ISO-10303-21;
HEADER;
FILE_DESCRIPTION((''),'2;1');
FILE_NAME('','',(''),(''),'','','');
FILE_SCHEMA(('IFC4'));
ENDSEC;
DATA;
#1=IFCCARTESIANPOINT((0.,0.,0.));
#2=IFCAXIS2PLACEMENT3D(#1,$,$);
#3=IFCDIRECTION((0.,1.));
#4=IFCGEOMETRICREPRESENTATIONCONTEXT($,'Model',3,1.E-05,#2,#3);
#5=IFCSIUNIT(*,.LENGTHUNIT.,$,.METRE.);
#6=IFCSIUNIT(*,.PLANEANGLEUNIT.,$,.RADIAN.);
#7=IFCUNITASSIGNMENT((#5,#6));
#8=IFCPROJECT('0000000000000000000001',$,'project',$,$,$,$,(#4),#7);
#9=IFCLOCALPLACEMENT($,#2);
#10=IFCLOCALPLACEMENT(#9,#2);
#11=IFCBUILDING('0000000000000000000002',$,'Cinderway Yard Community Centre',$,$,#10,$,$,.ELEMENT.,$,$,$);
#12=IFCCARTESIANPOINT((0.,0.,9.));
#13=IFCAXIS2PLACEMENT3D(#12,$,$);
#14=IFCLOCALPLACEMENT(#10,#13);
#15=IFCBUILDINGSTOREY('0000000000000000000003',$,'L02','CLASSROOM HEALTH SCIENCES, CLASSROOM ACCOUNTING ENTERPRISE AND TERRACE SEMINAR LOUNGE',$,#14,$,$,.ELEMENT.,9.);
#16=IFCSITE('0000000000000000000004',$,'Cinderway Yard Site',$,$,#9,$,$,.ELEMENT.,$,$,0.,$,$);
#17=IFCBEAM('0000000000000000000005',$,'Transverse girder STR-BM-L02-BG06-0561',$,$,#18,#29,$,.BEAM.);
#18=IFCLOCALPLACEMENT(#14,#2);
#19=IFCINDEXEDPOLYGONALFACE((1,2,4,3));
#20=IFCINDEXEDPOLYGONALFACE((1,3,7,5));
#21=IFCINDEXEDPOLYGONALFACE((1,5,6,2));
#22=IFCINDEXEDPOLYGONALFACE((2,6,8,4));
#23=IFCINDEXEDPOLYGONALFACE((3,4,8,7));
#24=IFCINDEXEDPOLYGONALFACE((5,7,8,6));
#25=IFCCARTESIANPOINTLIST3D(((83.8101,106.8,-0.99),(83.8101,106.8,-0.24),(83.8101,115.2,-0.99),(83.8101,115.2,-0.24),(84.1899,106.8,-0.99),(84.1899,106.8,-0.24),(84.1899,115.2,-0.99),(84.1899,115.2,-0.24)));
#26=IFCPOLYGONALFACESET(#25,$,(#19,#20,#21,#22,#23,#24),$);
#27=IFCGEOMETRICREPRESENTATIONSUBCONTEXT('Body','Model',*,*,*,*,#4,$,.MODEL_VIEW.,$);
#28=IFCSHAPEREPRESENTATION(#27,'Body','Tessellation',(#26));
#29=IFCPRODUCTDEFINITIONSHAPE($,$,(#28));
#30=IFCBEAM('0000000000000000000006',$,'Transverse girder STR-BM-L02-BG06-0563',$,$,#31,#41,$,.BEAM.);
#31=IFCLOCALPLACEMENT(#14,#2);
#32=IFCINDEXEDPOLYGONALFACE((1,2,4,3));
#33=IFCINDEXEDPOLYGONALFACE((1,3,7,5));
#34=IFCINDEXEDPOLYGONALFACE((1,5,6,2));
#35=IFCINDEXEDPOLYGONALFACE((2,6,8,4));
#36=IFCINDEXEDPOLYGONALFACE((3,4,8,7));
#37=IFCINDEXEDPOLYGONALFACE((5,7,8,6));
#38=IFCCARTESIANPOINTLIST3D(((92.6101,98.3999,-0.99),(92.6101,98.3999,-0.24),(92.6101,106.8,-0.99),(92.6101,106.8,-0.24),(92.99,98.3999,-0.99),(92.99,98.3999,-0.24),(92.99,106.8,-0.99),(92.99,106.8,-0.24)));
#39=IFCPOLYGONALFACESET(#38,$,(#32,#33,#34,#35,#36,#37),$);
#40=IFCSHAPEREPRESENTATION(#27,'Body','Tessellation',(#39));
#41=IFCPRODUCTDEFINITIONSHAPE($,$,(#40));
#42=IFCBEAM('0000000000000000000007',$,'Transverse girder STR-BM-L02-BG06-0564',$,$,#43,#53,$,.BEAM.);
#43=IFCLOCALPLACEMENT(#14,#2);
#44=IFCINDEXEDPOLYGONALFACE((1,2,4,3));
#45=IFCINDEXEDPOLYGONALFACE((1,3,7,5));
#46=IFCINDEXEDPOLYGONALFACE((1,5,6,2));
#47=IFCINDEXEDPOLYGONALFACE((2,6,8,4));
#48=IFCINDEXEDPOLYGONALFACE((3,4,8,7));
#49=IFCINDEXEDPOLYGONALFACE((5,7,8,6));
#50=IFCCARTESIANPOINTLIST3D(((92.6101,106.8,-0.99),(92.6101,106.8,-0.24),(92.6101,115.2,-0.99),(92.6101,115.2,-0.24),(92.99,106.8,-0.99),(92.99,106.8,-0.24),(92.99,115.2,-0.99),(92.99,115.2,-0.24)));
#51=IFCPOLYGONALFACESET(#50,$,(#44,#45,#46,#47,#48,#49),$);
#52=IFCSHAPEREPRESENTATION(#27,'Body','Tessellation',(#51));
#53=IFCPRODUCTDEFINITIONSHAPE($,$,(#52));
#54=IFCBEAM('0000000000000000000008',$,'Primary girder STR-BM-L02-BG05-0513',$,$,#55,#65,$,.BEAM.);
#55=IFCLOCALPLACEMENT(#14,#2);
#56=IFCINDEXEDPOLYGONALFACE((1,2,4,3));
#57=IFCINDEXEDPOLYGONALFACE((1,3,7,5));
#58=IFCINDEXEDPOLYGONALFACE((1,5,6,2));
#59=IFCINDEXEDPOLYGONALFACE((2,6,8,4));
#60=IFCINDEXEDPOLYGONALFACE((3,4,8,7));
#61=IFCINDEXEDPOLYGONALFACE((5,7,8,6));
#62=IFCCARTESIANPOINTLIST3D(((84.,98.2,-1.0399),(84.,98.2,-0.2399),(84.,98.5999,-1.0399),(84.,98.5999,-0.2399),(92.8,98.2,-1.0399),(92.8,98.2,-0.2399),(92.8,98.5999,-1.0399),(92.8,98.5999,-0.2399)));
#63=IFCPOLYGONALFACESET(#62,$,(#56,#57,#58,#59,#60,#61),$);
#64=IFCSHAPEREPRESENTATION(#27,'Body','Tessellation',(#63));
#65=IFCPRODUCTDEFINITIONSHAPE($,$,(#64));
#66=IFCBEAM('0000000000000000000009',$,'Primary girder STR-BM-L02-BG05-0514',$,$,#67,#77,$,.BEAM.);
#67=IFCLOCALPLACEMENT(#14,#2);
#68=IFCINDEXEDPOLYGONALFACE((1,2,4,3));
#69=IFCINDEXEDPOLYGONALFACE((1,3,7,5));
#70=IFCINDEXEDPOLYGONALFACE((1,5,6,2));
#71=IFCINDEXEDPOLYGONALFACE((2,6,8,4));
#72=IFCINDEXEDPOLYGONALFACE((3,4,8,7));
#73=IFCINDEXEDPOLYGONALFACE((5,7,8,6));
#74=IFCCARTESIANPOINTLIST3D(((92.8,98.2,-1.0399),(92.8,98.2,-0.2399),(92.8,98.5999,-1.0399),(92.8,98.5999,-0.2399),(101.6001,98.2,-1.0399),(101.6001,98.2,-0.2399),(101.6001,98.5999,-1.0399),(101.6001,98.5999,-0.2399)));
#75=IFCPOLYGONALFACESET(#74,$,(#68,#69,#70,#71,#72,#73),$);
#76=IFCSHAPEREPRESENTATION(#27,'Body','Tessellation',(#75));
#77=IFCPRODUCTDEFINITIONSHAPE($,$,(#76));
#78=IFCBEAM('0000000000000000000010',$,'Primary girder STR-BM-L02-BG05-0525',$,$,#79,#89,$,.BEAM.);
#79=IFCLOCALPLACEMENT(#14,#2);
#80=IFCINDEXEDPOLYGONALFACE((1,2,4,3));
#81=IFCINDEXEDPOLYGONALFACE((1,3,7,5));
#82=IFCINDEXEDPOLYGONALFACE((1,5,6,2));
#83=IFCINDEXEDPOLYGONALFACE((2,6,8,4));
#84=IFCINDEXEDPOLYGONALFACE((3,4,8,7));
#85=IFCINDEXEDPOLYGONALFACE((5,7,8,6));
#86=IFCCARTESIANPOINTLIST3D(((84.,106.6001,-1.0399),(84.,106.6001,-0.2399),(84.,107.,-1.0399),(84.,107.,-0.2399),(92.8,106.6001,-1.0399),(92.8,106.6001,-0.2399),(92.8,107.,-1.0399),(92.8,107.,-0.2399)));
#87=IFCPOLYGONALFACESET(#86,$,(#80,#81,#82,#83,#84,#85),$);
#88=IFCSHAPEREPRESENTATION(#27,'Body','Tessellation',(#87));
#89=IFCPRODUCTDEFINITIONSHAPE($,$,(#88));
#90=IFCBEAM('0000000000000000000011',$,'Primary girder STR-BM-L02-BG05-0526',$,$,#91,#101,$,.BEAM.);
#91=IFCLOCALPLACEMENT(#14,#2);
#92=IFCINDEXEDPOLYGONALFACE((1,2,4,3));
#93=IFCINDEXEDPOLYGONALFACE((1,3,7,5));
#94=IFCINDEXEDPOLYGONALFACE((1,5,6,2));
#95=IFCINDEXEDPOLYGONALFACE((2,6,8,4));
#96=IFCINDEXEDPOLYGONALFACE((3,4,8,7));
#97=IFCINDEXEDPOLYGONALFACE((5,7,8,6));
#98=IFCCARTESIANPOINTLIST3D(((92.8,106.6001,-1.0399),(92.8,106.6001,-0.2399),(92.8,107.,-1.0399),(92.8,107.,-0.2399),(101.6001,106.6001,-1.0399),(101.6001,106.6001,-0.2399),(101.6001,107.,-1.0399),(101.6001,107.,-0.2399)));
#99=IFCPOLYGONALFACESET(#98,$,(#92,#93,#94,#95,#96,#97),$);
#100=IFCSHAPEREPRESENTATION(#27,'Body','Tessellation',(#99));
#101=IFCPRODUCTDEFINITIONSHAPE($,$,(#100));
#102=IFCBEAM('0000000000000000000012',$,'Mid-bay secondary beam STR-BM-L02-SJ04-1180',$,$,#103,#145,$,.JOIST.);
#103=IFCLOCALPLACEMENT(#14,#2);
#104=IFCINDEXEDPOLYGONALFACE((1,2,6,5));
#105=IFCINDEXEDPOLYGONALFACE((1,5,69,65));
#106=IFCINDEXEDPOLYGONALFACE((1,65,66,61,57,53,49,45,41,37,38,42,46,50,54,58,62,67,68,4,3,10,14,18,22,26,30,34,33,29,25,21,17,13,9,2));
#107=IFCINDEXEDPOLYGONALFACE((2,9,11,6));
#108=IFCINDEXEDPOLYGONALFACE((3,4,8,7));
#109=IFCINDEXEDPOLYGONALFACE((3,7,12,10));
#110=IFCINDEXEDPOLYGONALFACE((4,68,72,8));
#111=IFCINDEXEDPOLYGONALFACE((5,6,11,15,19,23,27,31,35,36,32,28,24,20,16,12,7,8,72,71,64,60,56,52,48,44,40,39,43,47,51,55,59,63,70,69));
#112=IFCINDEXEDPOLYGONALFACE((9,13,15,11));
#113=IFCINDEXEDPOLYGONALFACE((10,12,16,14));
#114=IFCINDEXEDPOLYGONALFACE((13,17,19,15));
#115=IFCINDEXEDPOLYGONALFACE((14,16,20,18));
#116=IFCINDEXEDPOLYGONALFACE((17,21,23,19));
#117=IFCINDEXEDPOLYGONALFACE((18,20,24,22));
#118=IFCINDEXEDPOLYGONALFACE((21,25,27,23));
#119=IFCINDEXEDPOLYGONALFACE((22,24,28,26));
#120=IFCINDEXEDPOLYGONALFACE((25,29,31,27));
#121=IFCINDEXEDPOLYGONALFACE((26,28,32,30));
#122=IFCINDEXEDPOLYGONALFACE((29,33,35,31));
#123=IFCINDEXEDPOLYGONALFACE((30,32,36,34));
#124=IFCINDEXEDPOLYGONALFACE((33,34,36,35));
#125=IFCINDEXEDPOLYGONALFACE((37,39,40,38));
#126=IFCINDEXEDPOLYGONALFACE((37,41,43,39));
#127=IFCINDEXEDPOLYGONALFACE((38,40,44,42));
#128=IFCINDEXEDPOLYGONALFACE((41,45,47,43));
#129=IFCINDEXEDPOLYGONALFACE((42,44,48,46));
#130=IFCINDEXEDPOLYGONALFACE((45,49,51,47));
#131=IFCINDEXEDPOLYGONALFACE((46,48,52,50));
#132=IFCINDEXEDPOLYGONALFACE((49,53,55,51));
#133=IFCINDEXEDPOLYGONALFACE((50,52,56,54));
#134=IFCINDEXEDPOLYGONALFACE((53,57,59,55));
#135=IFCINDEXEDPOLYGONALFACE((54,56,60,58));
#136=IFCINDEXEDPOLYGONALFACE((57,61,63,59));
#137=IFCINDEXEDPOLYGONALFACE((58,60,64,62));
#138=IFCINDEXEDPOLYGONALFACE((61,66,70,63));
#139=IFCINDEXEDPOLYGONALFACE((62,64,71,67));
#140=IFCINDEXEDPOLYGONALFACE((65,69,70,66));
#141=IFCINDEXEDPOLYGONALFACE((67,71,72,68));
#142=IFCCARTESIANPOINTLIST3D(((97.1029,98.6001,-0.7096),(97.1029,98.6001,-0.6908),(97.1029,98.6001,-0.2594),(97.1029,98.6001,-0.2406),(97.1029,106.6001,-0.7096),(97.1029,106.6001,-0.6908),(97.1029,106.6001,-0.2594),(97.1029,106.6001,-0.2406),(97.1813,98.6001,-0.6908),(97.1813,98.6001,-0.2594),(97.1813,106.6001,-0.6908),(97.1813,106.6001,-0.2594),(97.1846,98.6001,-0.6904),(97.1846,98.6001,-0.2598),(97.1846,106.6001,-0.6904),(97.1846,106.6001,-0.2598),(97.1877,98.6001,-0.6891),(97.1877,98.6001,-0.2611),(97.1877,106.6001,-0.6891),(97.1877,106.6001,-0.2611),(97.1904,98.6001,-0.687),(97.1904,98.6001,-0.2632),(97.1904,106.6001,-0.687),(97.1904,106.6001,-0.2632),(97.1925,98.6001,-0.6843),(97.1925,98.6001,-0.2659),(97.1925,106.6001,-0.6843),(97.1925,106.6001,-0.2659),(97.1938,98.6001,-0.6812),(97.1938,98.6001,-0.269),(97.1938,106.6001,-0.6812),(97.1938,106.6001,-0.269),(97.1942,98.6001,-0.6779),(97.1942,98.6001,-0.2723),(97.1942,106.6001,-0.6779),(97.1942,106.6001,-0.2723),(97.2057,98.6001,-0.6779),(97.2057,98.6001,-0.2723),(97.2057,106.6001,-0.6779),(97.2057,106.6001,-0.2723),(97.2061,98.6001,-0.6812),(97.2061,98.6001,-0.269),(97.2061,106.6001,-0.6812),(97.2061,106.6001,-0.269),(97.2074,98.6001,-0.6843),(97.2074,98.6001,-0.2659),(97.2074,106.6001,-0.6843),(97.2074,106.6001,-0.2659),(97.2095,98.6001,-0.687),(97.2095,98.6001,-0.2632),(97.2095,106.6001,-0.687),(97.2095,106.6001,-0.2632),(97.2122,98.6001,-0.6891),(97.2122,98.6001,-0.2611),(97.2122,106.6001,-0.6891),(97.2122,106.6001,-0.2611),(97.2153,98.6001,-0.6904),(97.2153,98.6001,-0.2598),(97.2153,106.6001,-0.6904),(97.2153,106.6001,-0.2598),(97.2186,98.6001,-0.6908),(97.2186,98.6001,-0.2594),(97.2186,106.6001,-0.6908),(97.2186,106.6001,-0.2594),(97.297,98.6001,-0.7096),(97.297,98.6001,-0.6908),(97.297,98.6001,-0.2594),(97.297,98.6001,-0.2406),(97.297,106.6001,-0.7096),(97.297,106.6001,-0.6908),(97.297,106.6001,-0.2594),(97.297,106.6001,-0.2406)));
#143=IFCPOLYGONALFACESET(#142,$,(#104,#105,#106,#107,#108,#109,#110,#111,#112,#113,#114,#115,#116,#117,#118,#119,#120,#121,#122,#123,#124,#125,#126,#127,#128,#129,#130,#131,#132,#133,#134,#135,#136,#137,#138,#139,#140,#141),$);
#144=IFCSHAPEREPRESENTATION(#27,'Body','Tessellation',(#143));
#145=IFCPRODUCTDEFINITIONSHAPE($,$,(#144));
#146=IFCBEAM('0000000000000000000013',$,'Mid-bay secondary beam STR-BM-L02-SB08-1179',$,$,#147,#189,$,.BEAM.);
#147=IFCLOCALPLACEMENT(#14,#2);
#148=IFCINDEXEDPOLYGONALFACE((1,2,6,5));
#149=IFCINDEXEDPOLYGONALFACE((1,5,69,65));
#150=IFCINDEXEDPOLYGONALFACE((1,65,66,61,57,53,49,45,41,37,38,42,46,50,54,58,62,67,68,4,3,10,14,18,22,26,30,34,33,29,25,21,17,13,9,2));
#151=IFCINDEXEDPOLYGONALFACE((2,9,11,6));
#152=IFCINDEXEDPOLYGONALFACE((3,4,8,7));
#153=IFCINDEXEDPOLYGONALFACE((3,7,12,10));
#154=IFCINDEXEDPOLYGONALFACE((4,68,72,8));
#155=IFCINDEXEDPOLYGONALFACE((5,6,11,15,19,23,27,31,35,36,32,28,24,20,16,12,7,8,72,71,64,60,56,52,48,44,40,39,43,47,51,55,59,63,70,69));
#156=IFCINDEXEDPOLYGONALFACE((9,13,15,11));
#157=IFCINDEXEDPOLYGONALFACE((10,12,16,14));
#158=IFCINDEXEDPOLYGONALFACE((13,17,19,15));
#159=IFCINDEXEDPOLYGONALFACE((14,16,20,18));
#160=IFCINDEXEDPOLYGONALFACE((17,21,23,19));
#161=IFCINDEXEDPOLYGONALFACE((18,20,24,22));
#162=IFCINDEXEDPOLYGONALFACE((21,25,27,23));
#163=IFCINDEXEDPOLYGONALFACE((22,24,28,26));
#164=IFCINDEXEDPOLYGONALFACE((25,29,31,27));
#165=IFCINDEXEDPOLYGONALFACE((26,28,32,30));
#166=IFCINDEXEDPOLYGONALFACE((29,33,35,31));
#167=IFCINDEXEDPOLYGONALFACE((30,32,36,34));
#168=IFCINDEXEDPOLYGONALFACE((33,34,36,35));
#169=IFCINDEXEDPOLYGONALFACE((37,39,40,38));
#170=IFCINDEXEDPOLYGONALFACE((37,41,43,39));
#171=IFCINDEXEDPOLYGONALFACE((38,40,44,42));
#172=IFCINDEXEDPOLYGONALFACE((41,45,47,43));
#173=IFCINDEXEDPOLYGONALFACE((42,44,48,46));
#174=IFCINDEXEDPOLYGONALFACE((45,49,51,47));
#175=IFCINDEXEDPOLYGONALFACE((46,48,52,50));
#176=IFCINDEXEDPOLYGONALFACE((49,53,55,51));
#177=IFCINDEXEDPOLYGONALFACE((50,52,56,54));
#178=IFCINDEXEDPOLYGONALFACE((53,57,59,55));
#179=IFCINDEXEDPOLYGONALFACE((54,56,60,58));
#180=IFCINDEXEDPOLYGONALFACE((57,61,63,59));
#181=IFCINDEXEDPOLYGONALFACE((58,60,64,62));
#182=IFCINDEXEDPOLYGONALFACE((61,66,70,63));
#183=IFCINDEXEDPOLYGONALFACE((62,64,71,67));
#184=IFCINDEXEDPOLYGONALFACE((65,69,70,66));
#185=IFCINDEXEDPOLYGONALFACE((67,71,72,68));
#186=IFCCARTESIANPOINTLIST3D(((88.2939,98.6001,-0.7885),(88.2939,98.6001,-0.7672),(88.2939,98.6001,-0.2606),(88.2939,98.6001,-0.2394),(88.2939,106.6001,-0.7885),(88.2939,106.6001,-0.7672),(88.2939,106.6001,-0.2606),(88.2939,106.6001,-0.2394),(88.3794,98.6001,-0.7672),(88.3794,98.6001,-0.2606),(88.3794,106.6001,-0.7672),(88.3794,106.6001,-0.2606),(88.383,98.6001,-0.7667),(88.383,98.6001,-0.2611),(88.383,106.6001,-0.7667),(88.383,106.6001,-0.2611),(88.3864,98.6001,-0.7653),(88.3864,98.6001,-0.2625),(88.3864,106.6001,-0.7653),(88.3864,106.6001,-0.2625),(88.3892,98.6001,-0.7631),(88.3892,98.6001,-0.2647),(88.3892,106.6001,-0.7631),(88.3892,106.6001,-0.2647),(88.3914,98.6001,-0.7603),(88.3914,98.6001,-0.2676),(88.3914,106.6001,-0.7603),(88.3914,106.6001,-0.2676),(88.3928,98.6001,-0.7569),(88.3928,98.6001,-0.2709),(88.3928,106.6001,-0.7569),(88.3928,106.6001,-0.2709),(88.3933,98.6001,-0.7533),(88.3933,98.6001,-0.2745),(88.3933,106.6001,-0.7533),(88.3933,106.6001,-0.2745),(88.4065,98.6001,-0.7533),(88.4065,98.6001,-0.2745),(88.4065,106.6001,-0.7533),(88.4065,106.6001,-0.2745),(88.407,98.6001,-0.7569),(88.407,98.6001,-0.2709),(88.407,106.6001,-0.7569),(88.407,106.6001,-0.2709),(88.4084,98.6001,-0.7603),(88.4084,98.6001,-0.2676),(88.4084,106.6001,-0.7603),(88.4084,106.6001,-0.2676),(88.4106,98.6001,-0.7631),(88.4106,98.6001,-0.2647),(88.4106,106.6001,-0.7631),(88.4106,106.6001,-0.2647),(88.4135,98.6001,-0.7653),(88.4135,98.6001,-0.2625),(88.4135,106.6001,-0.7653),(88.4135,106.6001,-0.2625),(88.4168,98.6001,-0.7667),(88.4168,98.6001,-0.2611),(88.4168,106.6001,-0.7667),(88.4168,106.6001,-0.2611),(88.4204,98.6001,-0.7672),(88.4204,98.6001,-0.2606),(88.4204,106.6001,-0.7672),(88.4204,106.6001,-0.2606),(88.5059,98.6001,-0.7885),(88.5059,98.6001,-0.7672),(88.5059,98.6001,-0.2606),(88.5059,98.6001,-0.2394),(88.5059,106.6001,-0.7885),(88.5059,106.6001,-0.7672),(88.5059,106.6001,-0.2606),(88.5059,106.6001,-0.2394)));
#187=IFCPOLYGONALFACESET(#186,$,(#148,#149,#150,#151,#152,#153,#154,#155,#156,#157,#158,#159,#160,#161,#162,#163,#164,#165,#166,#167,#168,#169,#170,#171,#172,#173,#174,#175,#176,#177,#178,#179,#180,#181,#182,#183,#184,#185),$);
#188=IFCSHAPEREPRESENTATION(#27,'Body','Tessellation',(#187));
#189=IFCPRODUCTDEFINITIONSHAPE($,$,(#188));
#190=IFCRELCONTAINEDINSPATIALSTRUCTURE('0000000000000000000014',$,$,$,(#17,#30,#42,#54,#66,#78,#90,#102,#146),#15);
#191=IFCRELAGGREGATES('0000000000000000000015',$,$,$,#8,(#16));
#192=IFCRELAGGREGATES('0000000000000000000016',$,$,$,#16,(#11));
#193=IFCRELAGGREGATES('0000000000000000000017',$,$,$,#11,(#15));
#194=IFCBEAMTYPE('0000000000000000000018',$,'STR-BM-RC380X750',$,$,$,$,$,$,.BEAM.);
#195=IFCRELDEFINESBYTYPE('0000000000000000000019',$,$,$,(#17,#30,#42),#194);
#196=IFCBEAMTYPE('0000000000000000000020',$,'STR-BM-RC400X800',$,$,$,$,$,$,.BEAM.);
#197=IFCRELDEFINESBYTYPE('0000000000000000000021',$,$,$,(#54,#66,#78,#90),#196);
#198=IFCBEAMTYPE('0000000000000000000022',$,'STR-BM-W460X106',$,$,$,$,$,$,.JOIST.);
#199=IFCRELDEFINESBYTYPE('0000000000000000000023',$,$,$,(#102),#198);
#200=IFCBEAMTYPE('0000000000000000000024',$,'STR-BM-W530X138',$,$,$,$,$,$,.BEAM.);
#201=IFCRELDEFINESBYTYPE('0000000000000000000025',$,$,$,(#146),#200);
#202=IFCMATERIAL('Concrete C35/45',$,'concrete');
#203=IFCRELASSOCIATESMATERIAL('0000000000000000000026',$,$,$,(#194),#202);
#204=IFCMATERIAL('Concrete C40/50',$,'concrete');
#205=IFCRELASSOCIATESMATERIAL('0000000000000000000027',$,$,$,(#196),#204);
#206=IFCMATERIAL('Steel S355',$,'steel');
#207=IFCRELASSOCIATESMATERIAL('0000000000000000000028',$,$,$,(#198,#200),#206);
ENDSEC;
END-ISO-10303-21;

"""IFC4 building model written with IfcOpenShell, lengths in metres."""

from ifc_helpers import new_model, si_unit, direction, frame, origin, origin_2d, place, context, subcontext, project, spatial, rectangle, i_section, extrude, material, material_profile, profile_set, type_object, element, save


model = new_model("IFC4")

# Units and contexts
model_context = context("Model", 3, precision=1e-05, world=origin(), true_north=direction((0.0, 1.0)))
body_context = subcontext(model_context, "Body", "Model", "MODEL_VIEW")
ifc_project = project(units=[si_unit("LENGTHUNIT", "METRE"), si_unit("PLANEANGLEUNIT", "RADIAN")], contexts=[model_context])

# Site, building, storey
site_placement = place(None, origin())
site = spatial("IfcSite", under=ifc_project, at=site_placement, Name="Cinderway Yard Site", CompositionType="ELEMENT", RefElevation=0.0)
building_placement = place(site_placement, origin())
building = spatial("IfcBuilding", under=site, at=building_placement, Name="Cinderway Yard Community Centre", CompositionType="ELEMENT")
storey_placement = place(building_placement, frame((0.0, 0.0, 9.0)))
storey = spatial("IfcBuildingStorey", under=building, at=storey_placement, Name="L02", Description="CLASSROOM HEALTH SCIENCES, CLASSROOM ACCOUNTING ENTERPRISE AND TERRACE SEMINAR LOUNGE", CompositionType="ELEMENT", Elevation=9.0)

# Shared definitions
ifc_material_1 = material(Name="Concrete C40/50", Category="concrete")

# Beams
ifc_material_2 = material(Name="Concrete C35/45", Category="concrete")
ifc_material_profile_1 = material_profile(ifc_material_2, rectangle(XDim=0.3799, YDim=0.75, at=origin_2d()), Name="Concrete C35/45")
ifc_profile_set_1 = profile_set([ifc_material_profile_1], Name="Concrete C35/45")
beam_type_1 = type_object("IfcBeamType", Name="STR-BM-RC380X750", PredefinedType="BEAM", material=ifc_profile_set_1)
beam_1_placement = place(storey_placement, frame((84.0, 106.8, -0.615), z_axis=(0.0, 1.0, 0.0), x_axis=(-1.0, 0.0, 0.0)))
element("IfcBeam", 1, at=beam_1_placement, inside=storey, type_object=beam_type_1, Name="Transverse girder STR-BM-L02-BG06-0561", PredefinedType="BEAM", context=body_context, shape_type="SweptSolid", body=[
    extrude(rectangle(XDim=0.3799, YDim=0.75, at=origin_2d()), origin(), (0.0, 0.0, 1.0), 8.3999),
])
beam_2_placement = place(storey_placement, frame((92.8, 98.3999, -0.615), z_axis=(0.0, 1.0, 0.0), x_axis=(-1.0, 0.0, 0.0)))
element("IfcBeam", 2, at=beam_2_placement, inside=storey, type_object=beam_type_1, Name="Transverse girder STR-BM-L02-BG06-0563", PredefinedType="BEAM", context=body_context, shape_type="SweptSolid", body=[
    extrude(rectangle(XDim=0.3799, YDim=0.75, at=origin_2d()), origin(), (0.0, 0.0, 1.0), 8.4001),
])
beam_3_placement = place(storey_placement, frame((92.8, 106.8, -0.615), z_axis=(0.0, 1.0, 0.0), x_axis=(-1.0, 0.0, 0.0)))
element("IfcBeam", 3, at=beam_3_placement, inside=storey, type_object=beam_type_1, Name="Transverse girder STR-BM-L02-BG06-0564", PredefinedType="BEAM", context=body_context, shape_type="SweptSolid", body=[
    extrude(rectangle(XDim=0.3799, YDim=0.75, at=origin_2d()), origin(), (0.0, 0.0, 1.0), 8.3999),
])
ifc_material_profile_2 = material_profile(ifc_material_1, rectangle(XDim=0.3999, YDim=0.8, at=origin_2d()), Name="Concrete C40/50")
ifc_profile_set_2 = profile_set([ifc_material_profile_2], Name="Concrete C40/50")
beam_type_2 = type_object("IfcBeamType", Name="STR-BM-RC400X800", PredefinedType="BEAM", material=ifc_profile_set_2)
for number, where, z_axis, x_axis, name in (
    (4, (84.0, 98.3999, -0.6399), (1.0, 0.0, 0.0), (0.0, 1.0, 0.0), "Primary girder STR-BM-L02-BG05-0513"),
    (5, (92.8, 98.3999, -0.6399), (1.0, 0.0, 0.0), (0.0, 1.0, 0.0), "Primary girder STR-BM-L02-BG05-0514"),
    (6, (84.0, 106.8, -0.6399), (1.0, 0.0, 0.0), (0.0, 1.0, 0.0), "Primary girder STR-BM-L02-BG05-0525"),
    (7, (92.8, 106.8, -0.6399), (1.0, 0.0, 0.0), (0.0, 1.0, 0.0), "Primary girder STR-BM-L02-BG05-0526"),
):
    element("IfcBeam", number, at=place(storey_placement, frame(where, z_axis=z_axis, x_axis=x_axis)), inside=storey, type_object=beam_type_2, Name=name, PredefinedType="BEAM", context=body_context, shape_type="SweptSolid", body=[
        extrude(rectangle(XDim=0.3999, YDim=0.8, at=origin_2d()), origin(), (0.0, 0.0, 1.0), 8.8),
    ])
ifc_material_3 = material(Name="Steel S355", Category="steel")
ifc_material_profile_3 = material_profile(ifc_material_3, i_section(OverallWidth=0.1941, OverallDepth=0.469, WebThickness=0.0115, FlangeThickness=0.0188, FilletRadius=0.0129, at=origin_2d()), Name="Steel S355")
ifc_profile_set_3 = profile_set([ifc_material_profile_3], Name="Steel S355")
beam_type_3 = type_object("IfcBeamType", Name="STR-BM-W460X106", PredefinedType="JOIST", material=ifc_profile_set_3)
beam_4_placement = place(storey_placement, frame((97.2, 98.6001, -0.4751), z_axis=(0.0, 1.0, 0.0), x_axis=(-1.0, 0.0, 0.0)))
element("IfcBeam", 8, at=beam_4_placement, inside=storey, type_object=beam_type_3, Name="Mid-bay secondary beam STR-BM-L02-SJ04-1180", PredefinedType="JOIST", context=body_context, shape_type="SweptSolid", body=[
    extrude(i_section(OverallWidth=0.1941, OverallDepth=0.469, WebThickness=0.0115, FlangeThickness=0.0188, FilletRadius=0.0129, at=origin_2d()), origin(), (0.0, 0.0, 1.0), 8.0),
])
ifc_material_profile_4 = material_profile(ifc_material_3, i_section(OverallWidth=0.2119, OverallDepth=0.5491, WebThickness=0.0132, FlangeThickness=0.0212, FilletRadius=0.0139, at=origin_2d()), Name="Steel S355")
ifc_profile_set_4 = profile_set([ifc_material_profile_4], Name="Steel S355")
beam_type_4 = type_object("IfcBeamType", Name="STR-BM-W530X138", PredefinedType="BEAM", material=ifc_profile_set_4)
beam_5_placement = place(storey_placement, frame((88.3999, 98.6001, -0.5139), z_axis=(0.0, 1.0, 0.0), x_axis=(-1.0, 0.0, 0.0)))
element("IfcBeam", 9, at=beam_5_placement, inside=storey, type_object=beam_type_4, Name="Mid-bay secondary beam STR-BM-L02-SB08-1179", PredefinedType="BEAM", context=body_context, shape_type="SweptSolid", body=[
    extrude(i_section(OverallWidth=0.2119, OverallDepth=0.5491, WebThickness=0.0132, FlangeThickness=0.0212, FilletRadius=0.0139, at=origin_2d()), origin(), (0.0, 0.0, 1.0), 8.0),
])

save(model, "model.ifc")
